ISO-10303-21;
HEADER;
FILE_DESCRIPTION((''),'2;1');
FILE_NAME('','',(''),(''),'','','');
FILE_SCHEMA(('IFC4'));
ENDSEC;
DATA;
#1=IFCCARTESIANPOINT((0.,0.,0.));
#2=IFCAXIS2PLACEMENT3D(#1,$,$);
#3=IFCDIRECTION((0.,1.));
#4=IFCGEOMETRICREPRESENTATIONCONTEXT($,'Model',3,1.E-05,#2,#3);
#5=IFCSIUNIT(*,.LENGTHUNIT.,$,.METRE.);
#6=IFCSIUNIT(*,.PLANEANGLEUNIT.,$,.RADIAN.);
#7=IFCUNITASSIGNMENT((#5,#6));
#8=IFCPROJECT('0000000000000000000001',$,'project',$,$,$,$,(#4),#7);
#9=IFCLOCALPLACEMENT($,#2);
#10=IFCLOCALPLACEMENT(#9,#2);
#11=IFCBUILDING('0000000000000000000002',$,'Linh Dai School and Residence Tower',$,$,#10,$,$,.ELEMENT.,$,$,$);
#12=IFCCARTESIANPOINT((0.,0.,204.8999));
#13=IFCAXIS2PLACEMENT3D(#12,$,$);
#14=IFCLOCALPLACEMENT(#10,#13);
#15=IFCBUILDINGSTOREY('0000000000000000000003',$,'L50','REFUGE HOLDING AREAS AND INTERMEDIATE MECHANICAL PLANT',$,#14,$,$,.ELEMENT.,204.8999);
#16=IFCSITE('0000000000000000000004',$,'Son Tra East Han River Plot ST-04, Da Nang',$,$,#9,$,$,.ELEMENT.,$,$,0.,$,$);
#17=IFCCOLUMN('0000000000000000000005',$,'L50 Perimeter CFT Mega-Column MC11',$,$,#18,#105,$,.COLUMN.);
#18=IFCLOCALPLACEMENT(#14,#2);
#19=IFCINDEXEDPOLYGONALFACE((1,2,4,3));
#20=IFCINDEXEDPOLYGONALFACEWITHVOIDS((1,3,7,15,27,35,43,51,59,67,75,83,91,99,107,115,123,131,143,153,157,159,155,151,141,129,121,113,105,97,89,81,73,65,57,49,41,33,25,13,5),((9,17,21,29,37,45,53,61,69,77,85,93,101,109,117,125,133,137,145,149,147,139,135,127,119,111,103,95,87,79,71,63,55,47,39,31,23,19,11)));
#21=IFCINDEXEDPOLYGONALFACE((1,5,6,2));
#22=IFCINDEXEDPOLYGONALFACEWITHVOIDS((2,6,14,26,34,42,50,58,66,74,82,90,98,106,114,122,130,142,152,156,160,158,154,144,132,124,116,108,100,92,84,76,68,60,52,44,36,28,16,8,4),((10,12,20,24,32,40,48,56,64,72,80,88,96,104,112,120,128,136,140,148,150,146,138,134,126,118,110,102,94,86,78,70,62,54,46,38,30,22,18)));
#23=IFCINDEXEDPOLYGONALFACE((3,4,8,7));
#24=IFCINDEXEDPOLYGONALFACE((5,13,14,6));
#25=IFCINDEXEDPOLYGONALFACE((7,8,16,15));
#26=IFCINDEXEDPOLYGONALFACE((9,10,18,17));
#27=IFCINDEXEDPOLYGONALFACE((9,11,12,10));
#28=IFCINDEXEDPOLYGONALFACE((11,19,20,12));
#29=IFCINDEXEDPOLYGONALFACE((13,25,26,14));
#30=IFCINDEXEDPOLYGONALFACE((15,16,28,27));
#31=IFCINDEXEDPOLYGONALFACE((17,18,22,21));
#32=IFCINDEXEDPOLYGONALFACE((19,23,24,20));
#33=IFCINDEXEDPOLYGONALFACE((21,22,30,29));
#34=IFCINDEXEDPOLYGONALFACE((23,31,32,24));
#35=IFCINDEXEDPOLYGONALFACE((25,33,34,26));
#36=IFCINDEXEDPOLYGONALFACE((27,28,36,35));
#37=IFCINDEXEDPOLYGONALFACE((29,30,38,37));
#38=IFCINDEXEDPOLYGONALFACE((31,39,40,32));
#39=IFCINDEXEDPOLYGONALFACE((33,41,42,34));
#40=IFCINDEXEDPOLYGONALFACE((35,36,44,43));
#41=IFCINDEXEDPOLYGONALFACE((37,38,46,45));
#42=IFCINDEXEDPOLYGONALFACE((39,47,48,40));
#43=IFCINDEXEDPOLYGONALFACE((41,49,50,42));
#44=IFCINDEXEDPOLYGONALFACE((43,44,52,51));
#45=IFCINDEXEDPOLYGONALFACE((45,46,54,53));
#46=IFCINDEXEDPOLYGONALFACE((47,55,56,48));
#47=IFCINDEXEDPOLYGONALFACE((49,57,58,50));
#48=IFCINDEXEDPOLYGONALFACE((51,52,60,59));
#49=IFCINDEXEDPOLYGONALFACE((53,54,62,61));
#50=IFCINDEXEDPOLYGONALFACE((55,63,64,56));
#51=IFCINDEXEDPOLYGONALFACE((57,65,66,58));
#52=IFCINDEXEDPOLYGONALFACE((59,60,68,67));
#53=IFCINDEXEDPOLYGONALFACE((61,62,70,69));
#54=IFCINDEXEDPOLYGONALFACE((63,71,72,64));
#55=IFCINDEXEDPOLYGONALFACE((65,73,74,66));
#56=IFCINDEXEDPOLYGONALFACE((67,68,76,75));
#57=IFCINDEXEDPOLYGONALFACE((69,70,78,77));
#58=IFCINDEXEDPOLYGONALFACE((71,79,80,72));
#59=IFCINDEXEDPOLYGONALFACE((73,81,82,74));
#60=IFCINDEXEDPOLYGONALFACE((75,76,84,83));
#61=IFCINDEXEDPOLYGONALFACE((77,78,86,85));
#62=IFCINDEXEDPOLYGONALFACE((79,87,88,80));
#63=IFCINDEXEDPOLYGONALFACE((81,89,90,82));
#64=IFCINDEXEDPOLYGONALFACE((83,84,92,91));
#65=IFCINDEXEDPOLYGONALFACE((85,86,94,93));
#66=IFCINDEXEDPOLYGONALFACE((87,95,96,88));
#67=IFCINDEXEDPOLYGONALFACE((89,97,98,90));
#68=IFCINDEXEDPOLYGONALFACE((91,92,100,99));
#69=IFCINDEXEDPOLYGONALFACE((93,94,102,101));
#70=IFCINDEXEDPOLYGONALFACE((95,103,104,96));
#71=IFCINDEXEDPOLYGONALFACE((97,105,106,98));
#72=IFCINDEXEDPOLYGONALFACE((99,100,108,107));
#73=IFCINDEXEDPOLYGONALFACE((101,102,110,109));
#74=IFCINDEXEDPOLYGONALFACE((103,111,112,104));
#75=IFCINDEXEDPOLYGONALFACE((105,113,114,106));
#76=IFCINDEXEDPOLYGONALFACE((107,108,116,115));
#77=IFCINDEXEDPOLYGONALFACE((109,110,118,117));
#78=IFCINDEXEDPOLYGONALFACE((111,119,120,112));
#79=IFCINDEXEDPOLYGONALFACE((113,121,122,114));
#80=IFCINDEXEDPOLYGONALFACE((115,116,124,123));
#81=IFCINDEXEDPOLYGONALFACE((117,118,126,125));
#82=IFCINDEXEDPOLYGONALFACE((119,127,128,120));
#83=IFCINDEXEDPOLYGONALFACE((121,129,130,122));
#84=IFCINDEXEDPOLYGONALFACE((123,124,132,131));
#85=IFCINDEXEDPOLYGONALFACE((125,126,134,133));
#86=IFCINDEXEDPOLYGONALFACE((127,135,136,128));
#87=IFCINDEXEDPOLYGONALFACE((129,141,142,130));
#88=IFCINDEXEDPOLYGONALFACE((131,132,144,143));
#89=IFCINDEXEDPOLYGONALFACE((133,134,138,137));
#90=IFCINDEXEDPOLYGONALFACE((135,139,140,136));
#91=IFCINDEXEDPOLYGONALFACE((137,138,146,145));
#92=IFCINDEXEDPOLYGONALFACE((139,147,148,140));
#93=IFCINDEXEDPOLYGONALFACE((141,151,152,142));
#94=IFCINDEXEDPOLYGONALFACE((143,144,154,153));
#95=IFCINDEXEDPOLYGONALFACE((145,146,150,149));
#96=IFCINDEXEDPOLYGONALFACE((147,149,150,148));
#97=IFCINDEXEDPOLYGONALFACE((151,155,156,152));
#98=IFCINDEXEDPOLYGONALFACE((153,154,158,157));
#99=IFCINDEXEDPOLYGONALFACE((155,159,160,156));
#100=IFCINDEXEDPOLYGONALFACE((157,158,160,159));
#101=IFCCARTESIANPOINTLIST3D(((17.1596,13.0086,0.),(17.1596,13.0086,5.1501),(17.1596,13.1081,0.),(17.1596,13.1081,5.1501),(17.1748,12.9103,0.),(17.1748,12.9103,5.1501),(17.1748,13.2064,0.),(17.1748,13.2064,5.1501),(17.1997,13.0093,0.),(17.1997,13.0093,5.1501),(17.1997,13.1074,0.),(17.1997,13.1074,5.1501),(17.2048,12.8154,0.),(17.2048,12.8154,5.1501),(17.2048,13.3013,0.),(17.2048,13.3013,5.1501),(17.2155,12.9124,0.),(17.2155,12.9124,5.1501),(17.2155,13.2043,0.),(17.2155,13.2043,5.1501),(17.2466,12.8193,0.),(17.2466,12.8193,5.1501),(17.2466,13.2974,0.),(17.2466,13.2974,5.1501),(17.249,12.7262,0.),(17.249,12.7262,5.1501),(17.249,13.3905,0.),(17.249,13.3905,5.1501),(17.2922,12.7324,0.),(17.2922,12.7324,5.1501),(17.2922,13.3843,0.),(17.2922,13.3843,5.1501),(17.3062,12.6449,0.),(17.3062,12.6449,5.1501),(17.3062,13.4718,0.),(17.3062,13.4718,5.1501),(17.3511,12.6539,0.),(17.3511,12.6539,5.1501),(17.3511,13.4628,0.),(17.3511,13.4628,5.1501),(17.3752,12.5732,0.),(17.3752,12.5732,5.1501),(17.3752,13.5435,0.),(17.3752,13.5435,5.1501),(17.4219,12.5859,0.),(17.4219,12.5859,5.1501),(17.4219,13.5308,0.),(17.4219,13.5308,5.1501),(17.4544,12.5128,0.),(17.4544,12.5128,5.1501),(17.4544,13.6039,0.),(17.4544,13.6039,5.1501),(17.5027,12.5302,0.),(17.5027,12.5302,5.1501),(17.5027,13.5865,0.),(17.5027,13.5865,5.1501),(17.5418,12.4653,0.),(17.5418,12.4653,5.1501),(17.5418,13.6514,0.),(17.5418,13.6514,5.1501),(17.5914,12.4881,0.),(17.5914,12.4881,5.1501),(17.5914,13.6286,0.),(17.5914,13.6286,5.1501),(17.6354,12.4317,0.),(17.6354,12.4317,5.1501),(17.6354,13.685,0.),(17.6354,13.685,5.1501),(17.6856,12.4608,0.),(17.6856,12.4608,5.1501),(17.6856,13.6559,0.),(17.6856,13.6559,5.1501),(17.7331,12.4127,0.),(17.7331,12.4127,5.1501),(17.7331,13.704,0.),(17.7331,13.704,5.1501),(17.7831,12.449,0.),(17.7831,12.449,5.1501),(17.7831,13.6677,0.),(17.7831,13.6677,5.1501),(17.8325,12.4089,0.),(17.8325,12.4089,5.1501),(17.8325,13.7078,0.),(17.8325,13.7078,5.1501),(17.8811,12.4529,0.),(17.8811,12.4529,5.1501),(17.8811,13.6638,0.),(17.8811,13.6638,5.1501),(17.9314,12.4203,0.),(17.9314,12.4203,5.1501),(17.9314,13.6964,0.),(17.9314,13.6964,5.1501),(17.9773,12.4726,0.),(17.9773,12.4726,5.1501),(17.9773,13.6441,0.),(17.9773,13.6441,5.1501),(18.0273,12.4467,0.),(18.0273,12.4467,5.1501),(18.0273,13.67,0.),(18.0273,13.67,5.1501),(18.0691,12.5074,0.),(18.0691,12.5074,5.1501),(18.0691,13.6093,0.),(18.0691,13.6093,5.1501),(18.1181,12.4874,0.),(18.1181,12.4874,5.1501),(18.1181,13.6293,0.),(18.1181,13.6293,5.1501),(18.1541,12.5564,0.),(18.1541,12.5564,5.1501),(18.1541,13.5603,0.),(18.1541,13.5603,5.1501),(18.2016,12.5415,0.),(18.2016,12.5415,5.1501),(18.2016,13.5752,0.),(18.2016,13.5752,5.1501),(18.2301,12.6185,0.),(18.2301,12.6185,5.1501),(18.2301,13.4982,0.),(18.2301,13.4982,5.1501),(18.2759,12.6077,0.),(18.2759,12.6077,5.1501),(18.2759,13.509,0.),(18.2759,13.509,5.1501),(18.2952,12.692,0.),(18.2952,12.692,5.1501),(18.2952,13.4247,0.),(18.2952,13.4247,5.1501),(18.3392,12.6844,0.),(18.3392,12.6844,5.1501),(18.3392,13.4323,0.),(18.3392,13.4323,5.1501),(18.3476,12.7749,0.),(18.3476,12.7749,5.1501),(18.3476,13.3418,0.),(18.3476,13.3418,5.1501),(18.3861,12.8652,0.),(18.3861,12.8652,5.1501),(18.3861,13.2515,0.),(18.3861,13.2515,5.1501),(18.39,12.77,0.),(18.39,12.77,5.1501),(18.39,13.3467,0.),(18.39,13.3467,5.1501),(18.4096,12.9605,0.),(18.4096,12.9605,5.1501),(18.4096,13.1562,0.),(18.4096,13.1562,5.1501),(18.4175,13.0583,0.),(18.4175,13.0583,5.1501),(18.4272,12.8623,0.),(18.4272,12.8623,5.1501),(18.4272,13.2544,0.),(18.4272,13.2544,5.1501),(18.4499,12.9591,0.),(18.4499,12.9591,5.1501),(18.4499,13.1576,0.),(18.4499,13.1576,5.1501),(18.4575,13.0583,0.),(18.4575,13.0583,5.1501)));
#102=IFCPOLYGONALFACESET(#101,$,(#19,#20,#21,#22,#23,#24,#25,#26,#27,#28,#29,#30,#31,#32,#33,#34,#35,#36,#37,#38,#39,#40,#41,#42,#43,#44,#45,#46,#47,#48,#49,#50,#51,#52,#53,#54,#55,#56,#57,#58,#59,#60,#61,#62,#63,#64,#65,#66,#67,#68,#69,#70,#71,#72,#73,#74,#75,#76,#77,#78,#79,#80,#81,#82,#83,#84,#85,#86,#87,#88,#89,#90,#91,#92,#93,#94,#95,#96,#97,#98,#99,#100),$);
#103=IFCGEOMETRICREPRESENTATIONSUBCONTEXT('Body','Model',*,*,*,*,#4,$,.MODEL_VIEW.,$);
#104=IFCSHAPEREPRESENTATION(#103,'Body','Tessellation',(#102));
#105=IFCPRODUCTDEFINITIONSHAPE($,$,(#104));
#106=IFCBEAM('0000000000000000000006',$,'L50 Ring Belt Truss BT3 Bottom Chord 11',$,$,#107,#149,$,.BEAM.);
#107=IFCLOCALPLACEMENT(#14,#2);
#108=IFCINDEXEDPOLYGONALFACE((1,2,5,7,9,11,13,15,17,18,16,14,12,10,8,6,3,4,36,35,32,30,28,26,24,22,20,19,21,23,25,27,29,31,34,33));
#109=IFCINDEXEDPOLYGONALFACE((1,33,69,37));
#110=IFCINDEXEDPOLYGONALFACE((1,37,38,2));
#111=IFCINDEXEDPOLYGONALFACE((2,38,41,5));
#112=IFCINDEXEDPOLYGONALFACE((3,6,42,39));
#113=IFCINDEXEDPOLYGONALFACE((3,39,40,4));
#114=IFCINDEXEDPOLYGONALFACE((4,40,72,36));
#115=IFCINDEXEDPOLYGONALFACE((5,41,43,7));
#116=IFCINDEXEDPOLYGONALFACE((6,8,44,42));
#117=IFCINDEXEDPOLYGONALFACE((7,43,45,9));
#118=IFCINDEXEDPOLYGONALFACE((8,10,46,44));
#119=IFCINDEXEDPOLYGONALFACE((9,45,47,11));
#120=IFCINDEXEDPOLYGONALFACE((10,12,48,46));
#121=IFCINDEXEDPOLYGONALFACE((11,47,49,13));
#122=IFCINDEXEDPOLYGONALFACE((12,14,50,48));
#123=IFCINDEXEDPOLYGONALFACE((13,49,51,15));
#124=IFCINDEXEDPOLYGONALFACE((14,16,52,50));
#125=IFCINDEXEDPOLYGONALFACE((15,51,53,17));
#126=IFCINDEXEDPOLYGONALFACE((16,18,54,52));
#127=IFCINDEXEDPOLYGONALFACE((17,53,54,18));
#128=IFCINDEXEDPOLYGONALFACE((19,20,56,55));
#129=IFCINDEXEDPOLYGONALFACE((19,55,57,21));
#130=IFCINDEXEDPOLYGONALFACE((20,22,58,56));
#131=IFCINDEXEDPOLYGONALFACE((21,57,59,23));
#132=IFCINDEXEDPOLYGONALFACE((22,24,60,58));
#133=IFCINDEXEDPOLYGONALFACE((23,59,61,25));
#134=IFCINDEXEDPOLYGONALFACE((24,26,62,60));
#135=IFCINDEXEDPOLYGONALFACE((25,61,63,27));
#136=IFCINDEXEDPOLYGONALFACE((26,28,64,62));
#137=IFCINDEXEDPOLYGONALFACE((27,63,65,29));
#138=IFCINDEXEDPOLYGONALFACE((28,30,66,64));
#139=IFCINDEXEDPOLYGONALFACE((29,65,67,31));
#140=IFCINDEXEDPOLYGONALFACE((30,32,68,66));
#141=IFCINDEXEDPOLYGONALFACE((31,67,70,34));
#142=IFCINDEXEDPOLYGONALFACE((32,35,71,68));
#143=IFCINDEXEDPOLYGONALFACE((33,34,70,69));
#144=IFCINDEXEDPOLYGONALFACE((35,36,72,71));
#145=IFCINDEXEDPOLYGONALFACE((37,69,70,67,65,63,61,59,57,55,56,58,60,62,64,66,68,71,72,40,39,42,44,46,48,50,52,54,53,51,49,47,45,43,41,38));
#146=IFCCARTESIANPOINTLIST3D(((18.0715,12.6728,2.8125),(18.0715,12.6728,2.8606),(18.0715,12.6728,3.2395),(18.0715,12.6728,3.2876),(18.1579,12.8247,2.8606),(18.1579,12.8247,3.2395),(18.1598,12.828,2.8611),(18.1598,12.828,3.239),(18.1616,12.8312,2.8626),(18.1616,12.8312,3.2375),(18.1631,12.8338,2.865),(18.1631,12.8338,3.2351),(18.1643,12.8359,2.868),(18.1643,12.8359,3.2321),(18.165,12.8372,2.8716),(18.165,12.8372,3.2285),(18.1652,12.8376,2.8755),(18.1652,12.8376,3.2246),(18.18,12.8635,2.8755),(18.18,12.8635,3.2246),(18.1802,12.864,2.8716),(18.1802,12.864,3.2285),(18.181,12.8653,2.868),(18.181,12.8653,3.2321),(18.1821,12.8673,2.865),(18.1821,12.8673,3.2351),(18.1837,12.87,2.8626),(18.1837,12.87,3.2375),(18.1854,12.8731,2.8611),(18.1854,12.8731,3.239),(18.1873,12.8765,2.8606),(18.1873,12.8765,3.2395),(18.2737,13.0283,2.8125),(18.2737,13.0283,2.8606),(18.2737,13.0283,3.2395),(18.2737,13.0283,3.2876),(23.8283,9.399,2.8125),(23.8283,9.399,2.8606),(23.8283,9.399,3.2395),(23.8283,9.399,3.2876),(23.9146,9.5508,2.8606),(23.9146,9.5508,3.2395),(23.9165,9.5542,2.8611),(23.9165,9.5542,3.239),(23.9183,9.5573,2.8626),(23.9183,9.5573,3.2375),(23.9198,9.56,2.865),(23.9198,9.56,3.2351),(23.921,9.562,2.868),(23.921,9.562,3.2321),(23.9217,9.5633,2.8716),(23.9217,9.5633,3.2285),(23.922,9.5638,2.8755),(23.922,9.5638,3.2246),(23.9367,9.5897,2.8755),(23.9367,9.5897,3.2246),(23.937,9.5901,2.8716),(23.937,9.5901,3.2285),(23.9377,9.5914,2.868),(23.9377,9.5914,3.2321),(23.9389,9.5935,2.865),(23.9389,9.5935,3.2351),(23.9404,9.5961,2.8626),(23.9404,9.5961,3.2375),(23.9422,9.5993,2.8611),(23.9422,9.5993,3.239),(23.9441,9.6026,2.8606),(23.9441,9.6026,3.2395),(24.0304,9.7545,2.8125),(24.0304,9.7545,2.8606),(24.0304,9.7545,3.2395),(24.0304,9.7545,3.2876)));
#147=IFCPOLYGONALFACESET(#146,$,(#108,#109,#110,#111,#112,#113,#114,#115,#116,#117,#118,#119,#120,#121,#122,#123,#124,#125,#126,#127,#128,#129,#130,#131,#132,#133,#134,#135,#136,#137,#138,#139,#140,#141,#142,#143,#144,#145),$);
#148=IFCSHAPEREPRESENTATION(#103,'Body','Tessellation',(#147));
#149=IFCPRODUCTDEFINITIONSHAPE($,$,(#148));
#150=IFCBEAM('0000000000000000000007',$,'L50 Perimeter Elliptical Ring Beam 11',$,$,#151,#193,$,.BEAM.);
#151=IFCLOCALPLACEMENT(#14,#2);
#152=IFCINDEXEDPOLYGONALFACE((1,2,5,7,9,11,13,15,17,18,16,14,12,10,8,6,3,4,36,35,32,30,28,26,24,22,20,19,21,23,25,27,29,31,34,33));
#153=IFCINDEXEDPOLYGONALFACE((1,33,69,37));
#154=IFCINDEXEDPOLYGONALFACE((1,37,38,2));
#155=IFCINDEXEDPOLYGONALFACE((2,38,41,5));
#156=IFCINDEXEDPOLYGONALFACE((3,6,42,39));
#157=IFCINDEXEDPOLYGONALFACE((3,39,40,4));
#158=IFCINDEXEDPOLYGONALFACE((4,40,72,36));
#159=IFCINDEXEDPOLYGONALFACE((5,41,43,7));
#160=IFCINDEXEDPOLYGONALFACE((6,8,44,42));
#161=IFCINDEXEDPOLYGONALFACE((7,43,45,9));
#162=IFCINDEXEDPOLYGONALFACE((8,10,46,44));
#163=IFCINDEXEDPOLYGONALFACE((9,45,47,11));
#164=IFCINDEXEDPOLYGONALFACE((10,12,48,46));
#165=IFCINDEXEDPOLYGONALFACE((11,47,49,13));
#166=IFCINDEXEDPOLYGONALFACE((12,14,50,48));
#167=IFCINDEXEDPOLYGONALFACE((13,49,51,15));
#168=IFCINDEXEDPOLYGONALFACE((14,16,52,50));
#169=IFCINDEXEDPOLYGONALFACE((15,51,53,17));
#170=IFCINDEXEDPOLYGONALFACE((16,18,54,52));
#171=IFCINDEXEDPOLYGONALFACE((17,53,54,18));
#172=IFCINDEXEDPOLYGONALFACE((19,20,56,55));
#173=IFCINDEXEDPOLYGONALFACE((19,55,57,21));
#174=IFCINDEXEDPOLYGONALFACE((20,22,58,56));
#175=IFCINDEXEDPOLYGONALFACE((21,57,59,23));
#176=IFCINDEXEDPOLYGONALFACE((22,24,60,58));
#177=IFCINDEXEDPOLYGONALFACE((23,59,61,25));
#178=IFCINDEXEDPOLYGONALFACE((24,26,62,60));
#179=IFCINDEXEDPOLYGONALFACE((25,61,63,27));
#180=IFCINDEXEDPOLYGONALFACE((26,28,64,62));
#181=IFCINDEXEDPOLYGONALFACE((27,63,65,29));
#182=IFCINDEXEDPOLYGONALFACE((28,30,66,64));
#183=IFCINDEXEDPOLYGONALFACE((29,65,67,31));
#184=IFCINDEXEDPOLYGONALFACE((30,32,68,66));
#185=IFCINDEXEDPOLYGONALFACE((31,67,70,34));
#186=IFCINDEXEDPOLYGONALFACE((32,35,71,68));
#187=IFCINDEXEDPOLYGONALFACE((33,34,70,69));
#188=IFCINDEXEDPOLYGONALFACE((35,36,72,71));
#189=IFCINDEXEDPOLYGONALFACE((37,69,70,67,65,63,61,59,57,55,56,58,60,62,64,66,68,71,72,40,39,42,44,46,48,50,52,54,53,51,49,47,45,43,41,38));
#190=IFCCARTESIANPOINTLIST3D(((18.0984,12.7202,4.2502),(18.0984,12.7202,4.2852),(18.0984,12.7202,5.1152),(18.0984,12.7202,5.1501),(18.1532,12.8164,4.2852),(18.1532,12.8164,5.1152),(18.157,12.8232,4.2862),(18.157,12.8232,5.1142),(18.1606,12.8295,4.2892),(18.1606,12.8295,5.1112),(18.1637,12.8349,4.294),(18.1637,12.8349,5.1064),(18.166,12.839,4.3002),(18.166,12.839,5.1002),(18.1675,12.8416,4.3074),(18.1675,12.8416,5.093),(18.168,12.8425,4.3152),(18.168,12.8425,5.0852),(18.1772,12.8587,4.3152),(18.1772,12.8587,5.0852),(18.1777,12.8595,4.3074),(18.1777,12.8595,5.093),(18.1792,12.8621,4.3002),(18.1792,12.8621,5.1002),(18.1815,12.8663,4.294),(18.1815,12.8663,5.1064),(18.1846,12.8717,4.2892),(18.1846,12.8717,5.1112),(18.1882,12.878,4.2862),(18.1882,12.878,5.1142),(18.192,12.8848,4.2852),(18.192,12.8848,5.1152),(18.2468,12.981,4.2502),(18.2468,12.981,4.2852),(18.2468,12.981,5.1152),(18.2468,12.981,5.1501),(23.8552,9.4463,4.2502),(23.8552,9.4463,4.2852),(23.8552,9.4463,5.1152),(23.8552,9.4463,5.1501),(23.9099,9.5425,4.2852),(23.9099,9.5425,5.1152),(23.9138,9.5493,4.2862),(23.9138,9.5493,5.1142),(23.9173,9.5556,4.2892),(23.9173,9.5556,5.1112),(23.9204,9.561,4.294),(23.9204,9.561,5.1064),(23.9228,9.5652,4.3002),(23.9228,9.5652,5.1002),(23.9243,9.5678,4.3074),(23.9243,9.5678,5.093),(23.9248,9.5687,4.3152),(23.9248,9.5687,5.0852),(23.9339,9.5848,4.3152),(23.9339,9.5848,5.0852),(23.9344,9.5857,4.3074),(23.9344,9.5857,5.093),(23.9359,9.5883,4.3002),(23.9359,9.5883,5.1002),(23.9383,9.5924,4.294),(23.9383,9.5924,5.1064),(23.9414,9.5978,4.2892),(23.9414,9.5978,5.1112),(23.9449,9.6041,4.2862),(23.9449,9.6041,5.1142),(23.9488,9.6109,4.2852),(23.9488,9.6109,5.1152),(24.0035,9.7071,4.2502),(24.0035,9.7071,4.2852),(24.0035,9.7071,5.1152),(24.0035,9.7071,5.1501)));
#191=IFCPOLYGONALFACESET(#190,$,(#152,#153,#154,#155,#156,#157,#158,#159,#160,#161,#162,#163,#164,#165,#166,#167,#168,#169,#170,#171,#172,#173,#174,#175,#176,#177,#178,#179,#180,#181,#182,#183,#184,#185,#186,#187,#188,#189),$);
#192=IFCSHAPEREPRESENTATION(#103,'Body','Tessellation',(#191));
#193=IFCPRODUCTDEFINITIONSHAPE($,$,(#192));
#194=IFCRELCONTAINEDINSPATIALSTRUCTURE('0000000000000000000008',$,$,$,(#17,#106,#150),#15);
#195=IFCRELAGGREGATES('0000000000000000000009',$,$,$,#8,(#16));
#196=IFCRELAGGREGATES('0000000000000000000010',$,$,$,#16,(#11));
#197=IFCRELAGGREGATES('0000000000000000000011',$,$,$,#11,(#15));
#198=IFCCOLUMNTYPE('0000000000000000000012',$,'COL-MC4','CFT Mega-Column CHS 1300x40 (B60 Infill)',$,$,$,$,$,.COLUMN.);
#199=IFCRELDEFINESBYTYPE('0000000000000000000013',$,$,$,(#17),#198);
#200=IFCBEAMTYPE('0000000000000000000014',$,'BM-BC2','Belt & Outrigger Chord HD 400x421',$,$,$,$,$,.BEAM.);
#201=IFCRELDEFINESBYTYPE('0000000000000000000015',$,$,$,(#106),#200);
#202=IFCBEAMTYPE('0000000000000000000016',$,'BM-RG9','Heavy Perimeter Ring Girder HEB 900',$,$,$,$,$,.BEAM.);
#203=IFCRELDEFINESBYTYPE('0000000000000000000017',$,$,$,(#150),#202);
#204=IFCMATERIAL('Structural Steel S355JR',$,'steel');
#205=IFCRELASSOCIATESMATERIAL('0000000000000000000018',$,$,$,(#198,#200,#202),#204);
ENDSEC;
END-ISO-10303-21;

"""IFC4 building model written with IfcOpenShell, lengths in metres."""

from ifc_helpers import new_model, si_unit, direction, frame, origin, origin_2d, place, context, subcontext, project, spatial, hollow_circle, i_section, extrude, material, material_profile, profile_set, type_object, element, save


model = new_model("IFC4")

# Units and contexts
model_context = context("Model", 3, precision=1e-05, world=origin(), true_north=direction((0.0, 1.0)))
body_context = subcontext(model_context, "Body", "Model", "MODEL_VIEW")
ifc_project = project(units=[si_unit("LENGTHUNIT", "METRE"), si_unit("PLANEANGLEUNIT", "RADIAN")], contexts=[model_context])

# Site, building, storey
site_placement = place(None, origin())
site = spatial("IfcSite", under=ifc_project, at=site_placement, Name="Son Tra East Han River Plot ST-04, Da Nang", CompositionType="ELEMENT", RefElevation=0.0)
building_placement = place(site_placement, origin())
building = spatial("IfcBuilding", under=site, at=building_placement, Name="Linh Dai School and Residence Tower", CompositionType="ELEMENT")
storey_placement = place(building_placement, frame((0.0, 0.0, 204.8999)))
storey = spatial("IfcBuildingStorey", under=building, at=storey_placement, Name="L50", Description="REFUGE HOLDING AREAS AND INTERMEDIATE MECHANICAL PLANT", CompositionType="ELEMENT", Elevation=204.8999)

# Column
ifc_material_1 = material(Name="Structural Steel S355JR", Category="steel")
ifc_material_profile_1 = material_profile(ifc_material_1, hollow_circle(Radius=0.6499, WallThickness=0.04, at=origin_2d()), Name="CHS 1300x40")
ifc_profile_set_1 = profile_set([ifc_material_profile_1], Name="Structural Steel S355JR")
column_type = type_object("IfcColumnType", Name="COL-MC4", Description="CFT Mega-Column CHS 1300x40 (B60 Infill)", PredefinedType="COLUMN", material=ifc_profile_set_1)
column_placement = place(storey_placement, frame((17.8076, 13.0583, 0.0), z_axis=(0.0, 0.0, 1.0), x_axis=(1.0, 0.0, 0.0)))
element("IfcColumn", 1, at=column_placement, inside=storey, type_object=column_type, Name="L50 Perimeter CFT Mega-Column MC11", PredefinedType="COLUMN", context=body_context, shape_type="SweptSolid", body=[
    extrude(hollow_circle(Radius=0.6499, WallThickness=0.04, at=origin_2d()), origin(), (0.0, 0.0, 1.0), 5.1501),
])

# Beams
ifc_material_profile_2 = material_profile(ifc_material_1, i_section(OverallWidth=0.4089, OverallDepth=0.4751, WebThickness=0.0298, FlangeThickness=0.0481, FilletRadius=0.0149, at=origin_2d()), Name="HD 400x421")
ifc_profile_set_2 = profile_set([ifc_material_profile_2], Name="Structural Steel S355JR")
beam_type_1 = type_object("IfcBeamType", Name="BM-BC2", Description="Belt & Outrigger Chord HD 400x421", PredefinedType="BEAM", material=ifc_profile_set_2)
beam_1_placement = place(storey_placement, frame((18.1726, 12.8506, 3.05), z_axis=(0.869262, -0.494351, 0.0), x_axis=(0.494351, 0.869262, 0.0)))
element("IfcBeam", 2, at=beam_1_placement, inside=storey, type_object=beam_type_1, Name="L50 Ring Belt Truss BT3 Bottom Chord 11", PredefinedType="BEAM", context=body_context, shape_type="SweptSolid", body=[
    extrude(i_section(OverallWidth=0.4089, OverallDepth=0.4751, WebThickness=0.0298, FlangeThickness=0.0481, FilletRadius=0.0149, at=origin_2d()), origin(), (0.0, 0.0, 1.0), 6.6226),
])
ifc_material_profile_3 = material_profile(ifc_material_1, i_section(OverallWidth=0.3, OverallDepth=0.8999, WebThickness=0.0186, FlangeThickness=0.0349, FilletRadius=0.03, at=origin_2d()), Name="HEB 900")
ifc_profile_set_3 = profile_set([ifc_material_profile_3], Name="Structural Steel S355JR")
beam_type_2 = type_object("IfcBeamType", Name="BM-RG9", Description="Heavy Perimeter Ring Girder HEB 900", PredefinedType="BEAM", material=ifc_profile_set_3)
beam_2_placement = place(storey_placement, frame((18.1726, 12.8506, 4.7002), z_axis=(0.869262, -0.494351, 0.0), x_axis=(0.494351, 0.869262, 0.0)))
element("IfcBeam", 3, at=beam_2_placement, inside=storey, type_object=beam_type_2, Name="L50 Perimeter Elliptical Ring Beam 11", PredefinedType="BEAM", context=body_context, shape_type="SweptSolid", body=[
    extrude(i_section(OverallWidth=0.3, OverallDepth=0.8999, WebThickness=0.0186, FlangeThickness=0.0349, FilletRadius=0.03, at=origin_2d()), origin(), (0.0, 0.0, 1.0), 6.6226),
])

save(model, "model.ifc")
